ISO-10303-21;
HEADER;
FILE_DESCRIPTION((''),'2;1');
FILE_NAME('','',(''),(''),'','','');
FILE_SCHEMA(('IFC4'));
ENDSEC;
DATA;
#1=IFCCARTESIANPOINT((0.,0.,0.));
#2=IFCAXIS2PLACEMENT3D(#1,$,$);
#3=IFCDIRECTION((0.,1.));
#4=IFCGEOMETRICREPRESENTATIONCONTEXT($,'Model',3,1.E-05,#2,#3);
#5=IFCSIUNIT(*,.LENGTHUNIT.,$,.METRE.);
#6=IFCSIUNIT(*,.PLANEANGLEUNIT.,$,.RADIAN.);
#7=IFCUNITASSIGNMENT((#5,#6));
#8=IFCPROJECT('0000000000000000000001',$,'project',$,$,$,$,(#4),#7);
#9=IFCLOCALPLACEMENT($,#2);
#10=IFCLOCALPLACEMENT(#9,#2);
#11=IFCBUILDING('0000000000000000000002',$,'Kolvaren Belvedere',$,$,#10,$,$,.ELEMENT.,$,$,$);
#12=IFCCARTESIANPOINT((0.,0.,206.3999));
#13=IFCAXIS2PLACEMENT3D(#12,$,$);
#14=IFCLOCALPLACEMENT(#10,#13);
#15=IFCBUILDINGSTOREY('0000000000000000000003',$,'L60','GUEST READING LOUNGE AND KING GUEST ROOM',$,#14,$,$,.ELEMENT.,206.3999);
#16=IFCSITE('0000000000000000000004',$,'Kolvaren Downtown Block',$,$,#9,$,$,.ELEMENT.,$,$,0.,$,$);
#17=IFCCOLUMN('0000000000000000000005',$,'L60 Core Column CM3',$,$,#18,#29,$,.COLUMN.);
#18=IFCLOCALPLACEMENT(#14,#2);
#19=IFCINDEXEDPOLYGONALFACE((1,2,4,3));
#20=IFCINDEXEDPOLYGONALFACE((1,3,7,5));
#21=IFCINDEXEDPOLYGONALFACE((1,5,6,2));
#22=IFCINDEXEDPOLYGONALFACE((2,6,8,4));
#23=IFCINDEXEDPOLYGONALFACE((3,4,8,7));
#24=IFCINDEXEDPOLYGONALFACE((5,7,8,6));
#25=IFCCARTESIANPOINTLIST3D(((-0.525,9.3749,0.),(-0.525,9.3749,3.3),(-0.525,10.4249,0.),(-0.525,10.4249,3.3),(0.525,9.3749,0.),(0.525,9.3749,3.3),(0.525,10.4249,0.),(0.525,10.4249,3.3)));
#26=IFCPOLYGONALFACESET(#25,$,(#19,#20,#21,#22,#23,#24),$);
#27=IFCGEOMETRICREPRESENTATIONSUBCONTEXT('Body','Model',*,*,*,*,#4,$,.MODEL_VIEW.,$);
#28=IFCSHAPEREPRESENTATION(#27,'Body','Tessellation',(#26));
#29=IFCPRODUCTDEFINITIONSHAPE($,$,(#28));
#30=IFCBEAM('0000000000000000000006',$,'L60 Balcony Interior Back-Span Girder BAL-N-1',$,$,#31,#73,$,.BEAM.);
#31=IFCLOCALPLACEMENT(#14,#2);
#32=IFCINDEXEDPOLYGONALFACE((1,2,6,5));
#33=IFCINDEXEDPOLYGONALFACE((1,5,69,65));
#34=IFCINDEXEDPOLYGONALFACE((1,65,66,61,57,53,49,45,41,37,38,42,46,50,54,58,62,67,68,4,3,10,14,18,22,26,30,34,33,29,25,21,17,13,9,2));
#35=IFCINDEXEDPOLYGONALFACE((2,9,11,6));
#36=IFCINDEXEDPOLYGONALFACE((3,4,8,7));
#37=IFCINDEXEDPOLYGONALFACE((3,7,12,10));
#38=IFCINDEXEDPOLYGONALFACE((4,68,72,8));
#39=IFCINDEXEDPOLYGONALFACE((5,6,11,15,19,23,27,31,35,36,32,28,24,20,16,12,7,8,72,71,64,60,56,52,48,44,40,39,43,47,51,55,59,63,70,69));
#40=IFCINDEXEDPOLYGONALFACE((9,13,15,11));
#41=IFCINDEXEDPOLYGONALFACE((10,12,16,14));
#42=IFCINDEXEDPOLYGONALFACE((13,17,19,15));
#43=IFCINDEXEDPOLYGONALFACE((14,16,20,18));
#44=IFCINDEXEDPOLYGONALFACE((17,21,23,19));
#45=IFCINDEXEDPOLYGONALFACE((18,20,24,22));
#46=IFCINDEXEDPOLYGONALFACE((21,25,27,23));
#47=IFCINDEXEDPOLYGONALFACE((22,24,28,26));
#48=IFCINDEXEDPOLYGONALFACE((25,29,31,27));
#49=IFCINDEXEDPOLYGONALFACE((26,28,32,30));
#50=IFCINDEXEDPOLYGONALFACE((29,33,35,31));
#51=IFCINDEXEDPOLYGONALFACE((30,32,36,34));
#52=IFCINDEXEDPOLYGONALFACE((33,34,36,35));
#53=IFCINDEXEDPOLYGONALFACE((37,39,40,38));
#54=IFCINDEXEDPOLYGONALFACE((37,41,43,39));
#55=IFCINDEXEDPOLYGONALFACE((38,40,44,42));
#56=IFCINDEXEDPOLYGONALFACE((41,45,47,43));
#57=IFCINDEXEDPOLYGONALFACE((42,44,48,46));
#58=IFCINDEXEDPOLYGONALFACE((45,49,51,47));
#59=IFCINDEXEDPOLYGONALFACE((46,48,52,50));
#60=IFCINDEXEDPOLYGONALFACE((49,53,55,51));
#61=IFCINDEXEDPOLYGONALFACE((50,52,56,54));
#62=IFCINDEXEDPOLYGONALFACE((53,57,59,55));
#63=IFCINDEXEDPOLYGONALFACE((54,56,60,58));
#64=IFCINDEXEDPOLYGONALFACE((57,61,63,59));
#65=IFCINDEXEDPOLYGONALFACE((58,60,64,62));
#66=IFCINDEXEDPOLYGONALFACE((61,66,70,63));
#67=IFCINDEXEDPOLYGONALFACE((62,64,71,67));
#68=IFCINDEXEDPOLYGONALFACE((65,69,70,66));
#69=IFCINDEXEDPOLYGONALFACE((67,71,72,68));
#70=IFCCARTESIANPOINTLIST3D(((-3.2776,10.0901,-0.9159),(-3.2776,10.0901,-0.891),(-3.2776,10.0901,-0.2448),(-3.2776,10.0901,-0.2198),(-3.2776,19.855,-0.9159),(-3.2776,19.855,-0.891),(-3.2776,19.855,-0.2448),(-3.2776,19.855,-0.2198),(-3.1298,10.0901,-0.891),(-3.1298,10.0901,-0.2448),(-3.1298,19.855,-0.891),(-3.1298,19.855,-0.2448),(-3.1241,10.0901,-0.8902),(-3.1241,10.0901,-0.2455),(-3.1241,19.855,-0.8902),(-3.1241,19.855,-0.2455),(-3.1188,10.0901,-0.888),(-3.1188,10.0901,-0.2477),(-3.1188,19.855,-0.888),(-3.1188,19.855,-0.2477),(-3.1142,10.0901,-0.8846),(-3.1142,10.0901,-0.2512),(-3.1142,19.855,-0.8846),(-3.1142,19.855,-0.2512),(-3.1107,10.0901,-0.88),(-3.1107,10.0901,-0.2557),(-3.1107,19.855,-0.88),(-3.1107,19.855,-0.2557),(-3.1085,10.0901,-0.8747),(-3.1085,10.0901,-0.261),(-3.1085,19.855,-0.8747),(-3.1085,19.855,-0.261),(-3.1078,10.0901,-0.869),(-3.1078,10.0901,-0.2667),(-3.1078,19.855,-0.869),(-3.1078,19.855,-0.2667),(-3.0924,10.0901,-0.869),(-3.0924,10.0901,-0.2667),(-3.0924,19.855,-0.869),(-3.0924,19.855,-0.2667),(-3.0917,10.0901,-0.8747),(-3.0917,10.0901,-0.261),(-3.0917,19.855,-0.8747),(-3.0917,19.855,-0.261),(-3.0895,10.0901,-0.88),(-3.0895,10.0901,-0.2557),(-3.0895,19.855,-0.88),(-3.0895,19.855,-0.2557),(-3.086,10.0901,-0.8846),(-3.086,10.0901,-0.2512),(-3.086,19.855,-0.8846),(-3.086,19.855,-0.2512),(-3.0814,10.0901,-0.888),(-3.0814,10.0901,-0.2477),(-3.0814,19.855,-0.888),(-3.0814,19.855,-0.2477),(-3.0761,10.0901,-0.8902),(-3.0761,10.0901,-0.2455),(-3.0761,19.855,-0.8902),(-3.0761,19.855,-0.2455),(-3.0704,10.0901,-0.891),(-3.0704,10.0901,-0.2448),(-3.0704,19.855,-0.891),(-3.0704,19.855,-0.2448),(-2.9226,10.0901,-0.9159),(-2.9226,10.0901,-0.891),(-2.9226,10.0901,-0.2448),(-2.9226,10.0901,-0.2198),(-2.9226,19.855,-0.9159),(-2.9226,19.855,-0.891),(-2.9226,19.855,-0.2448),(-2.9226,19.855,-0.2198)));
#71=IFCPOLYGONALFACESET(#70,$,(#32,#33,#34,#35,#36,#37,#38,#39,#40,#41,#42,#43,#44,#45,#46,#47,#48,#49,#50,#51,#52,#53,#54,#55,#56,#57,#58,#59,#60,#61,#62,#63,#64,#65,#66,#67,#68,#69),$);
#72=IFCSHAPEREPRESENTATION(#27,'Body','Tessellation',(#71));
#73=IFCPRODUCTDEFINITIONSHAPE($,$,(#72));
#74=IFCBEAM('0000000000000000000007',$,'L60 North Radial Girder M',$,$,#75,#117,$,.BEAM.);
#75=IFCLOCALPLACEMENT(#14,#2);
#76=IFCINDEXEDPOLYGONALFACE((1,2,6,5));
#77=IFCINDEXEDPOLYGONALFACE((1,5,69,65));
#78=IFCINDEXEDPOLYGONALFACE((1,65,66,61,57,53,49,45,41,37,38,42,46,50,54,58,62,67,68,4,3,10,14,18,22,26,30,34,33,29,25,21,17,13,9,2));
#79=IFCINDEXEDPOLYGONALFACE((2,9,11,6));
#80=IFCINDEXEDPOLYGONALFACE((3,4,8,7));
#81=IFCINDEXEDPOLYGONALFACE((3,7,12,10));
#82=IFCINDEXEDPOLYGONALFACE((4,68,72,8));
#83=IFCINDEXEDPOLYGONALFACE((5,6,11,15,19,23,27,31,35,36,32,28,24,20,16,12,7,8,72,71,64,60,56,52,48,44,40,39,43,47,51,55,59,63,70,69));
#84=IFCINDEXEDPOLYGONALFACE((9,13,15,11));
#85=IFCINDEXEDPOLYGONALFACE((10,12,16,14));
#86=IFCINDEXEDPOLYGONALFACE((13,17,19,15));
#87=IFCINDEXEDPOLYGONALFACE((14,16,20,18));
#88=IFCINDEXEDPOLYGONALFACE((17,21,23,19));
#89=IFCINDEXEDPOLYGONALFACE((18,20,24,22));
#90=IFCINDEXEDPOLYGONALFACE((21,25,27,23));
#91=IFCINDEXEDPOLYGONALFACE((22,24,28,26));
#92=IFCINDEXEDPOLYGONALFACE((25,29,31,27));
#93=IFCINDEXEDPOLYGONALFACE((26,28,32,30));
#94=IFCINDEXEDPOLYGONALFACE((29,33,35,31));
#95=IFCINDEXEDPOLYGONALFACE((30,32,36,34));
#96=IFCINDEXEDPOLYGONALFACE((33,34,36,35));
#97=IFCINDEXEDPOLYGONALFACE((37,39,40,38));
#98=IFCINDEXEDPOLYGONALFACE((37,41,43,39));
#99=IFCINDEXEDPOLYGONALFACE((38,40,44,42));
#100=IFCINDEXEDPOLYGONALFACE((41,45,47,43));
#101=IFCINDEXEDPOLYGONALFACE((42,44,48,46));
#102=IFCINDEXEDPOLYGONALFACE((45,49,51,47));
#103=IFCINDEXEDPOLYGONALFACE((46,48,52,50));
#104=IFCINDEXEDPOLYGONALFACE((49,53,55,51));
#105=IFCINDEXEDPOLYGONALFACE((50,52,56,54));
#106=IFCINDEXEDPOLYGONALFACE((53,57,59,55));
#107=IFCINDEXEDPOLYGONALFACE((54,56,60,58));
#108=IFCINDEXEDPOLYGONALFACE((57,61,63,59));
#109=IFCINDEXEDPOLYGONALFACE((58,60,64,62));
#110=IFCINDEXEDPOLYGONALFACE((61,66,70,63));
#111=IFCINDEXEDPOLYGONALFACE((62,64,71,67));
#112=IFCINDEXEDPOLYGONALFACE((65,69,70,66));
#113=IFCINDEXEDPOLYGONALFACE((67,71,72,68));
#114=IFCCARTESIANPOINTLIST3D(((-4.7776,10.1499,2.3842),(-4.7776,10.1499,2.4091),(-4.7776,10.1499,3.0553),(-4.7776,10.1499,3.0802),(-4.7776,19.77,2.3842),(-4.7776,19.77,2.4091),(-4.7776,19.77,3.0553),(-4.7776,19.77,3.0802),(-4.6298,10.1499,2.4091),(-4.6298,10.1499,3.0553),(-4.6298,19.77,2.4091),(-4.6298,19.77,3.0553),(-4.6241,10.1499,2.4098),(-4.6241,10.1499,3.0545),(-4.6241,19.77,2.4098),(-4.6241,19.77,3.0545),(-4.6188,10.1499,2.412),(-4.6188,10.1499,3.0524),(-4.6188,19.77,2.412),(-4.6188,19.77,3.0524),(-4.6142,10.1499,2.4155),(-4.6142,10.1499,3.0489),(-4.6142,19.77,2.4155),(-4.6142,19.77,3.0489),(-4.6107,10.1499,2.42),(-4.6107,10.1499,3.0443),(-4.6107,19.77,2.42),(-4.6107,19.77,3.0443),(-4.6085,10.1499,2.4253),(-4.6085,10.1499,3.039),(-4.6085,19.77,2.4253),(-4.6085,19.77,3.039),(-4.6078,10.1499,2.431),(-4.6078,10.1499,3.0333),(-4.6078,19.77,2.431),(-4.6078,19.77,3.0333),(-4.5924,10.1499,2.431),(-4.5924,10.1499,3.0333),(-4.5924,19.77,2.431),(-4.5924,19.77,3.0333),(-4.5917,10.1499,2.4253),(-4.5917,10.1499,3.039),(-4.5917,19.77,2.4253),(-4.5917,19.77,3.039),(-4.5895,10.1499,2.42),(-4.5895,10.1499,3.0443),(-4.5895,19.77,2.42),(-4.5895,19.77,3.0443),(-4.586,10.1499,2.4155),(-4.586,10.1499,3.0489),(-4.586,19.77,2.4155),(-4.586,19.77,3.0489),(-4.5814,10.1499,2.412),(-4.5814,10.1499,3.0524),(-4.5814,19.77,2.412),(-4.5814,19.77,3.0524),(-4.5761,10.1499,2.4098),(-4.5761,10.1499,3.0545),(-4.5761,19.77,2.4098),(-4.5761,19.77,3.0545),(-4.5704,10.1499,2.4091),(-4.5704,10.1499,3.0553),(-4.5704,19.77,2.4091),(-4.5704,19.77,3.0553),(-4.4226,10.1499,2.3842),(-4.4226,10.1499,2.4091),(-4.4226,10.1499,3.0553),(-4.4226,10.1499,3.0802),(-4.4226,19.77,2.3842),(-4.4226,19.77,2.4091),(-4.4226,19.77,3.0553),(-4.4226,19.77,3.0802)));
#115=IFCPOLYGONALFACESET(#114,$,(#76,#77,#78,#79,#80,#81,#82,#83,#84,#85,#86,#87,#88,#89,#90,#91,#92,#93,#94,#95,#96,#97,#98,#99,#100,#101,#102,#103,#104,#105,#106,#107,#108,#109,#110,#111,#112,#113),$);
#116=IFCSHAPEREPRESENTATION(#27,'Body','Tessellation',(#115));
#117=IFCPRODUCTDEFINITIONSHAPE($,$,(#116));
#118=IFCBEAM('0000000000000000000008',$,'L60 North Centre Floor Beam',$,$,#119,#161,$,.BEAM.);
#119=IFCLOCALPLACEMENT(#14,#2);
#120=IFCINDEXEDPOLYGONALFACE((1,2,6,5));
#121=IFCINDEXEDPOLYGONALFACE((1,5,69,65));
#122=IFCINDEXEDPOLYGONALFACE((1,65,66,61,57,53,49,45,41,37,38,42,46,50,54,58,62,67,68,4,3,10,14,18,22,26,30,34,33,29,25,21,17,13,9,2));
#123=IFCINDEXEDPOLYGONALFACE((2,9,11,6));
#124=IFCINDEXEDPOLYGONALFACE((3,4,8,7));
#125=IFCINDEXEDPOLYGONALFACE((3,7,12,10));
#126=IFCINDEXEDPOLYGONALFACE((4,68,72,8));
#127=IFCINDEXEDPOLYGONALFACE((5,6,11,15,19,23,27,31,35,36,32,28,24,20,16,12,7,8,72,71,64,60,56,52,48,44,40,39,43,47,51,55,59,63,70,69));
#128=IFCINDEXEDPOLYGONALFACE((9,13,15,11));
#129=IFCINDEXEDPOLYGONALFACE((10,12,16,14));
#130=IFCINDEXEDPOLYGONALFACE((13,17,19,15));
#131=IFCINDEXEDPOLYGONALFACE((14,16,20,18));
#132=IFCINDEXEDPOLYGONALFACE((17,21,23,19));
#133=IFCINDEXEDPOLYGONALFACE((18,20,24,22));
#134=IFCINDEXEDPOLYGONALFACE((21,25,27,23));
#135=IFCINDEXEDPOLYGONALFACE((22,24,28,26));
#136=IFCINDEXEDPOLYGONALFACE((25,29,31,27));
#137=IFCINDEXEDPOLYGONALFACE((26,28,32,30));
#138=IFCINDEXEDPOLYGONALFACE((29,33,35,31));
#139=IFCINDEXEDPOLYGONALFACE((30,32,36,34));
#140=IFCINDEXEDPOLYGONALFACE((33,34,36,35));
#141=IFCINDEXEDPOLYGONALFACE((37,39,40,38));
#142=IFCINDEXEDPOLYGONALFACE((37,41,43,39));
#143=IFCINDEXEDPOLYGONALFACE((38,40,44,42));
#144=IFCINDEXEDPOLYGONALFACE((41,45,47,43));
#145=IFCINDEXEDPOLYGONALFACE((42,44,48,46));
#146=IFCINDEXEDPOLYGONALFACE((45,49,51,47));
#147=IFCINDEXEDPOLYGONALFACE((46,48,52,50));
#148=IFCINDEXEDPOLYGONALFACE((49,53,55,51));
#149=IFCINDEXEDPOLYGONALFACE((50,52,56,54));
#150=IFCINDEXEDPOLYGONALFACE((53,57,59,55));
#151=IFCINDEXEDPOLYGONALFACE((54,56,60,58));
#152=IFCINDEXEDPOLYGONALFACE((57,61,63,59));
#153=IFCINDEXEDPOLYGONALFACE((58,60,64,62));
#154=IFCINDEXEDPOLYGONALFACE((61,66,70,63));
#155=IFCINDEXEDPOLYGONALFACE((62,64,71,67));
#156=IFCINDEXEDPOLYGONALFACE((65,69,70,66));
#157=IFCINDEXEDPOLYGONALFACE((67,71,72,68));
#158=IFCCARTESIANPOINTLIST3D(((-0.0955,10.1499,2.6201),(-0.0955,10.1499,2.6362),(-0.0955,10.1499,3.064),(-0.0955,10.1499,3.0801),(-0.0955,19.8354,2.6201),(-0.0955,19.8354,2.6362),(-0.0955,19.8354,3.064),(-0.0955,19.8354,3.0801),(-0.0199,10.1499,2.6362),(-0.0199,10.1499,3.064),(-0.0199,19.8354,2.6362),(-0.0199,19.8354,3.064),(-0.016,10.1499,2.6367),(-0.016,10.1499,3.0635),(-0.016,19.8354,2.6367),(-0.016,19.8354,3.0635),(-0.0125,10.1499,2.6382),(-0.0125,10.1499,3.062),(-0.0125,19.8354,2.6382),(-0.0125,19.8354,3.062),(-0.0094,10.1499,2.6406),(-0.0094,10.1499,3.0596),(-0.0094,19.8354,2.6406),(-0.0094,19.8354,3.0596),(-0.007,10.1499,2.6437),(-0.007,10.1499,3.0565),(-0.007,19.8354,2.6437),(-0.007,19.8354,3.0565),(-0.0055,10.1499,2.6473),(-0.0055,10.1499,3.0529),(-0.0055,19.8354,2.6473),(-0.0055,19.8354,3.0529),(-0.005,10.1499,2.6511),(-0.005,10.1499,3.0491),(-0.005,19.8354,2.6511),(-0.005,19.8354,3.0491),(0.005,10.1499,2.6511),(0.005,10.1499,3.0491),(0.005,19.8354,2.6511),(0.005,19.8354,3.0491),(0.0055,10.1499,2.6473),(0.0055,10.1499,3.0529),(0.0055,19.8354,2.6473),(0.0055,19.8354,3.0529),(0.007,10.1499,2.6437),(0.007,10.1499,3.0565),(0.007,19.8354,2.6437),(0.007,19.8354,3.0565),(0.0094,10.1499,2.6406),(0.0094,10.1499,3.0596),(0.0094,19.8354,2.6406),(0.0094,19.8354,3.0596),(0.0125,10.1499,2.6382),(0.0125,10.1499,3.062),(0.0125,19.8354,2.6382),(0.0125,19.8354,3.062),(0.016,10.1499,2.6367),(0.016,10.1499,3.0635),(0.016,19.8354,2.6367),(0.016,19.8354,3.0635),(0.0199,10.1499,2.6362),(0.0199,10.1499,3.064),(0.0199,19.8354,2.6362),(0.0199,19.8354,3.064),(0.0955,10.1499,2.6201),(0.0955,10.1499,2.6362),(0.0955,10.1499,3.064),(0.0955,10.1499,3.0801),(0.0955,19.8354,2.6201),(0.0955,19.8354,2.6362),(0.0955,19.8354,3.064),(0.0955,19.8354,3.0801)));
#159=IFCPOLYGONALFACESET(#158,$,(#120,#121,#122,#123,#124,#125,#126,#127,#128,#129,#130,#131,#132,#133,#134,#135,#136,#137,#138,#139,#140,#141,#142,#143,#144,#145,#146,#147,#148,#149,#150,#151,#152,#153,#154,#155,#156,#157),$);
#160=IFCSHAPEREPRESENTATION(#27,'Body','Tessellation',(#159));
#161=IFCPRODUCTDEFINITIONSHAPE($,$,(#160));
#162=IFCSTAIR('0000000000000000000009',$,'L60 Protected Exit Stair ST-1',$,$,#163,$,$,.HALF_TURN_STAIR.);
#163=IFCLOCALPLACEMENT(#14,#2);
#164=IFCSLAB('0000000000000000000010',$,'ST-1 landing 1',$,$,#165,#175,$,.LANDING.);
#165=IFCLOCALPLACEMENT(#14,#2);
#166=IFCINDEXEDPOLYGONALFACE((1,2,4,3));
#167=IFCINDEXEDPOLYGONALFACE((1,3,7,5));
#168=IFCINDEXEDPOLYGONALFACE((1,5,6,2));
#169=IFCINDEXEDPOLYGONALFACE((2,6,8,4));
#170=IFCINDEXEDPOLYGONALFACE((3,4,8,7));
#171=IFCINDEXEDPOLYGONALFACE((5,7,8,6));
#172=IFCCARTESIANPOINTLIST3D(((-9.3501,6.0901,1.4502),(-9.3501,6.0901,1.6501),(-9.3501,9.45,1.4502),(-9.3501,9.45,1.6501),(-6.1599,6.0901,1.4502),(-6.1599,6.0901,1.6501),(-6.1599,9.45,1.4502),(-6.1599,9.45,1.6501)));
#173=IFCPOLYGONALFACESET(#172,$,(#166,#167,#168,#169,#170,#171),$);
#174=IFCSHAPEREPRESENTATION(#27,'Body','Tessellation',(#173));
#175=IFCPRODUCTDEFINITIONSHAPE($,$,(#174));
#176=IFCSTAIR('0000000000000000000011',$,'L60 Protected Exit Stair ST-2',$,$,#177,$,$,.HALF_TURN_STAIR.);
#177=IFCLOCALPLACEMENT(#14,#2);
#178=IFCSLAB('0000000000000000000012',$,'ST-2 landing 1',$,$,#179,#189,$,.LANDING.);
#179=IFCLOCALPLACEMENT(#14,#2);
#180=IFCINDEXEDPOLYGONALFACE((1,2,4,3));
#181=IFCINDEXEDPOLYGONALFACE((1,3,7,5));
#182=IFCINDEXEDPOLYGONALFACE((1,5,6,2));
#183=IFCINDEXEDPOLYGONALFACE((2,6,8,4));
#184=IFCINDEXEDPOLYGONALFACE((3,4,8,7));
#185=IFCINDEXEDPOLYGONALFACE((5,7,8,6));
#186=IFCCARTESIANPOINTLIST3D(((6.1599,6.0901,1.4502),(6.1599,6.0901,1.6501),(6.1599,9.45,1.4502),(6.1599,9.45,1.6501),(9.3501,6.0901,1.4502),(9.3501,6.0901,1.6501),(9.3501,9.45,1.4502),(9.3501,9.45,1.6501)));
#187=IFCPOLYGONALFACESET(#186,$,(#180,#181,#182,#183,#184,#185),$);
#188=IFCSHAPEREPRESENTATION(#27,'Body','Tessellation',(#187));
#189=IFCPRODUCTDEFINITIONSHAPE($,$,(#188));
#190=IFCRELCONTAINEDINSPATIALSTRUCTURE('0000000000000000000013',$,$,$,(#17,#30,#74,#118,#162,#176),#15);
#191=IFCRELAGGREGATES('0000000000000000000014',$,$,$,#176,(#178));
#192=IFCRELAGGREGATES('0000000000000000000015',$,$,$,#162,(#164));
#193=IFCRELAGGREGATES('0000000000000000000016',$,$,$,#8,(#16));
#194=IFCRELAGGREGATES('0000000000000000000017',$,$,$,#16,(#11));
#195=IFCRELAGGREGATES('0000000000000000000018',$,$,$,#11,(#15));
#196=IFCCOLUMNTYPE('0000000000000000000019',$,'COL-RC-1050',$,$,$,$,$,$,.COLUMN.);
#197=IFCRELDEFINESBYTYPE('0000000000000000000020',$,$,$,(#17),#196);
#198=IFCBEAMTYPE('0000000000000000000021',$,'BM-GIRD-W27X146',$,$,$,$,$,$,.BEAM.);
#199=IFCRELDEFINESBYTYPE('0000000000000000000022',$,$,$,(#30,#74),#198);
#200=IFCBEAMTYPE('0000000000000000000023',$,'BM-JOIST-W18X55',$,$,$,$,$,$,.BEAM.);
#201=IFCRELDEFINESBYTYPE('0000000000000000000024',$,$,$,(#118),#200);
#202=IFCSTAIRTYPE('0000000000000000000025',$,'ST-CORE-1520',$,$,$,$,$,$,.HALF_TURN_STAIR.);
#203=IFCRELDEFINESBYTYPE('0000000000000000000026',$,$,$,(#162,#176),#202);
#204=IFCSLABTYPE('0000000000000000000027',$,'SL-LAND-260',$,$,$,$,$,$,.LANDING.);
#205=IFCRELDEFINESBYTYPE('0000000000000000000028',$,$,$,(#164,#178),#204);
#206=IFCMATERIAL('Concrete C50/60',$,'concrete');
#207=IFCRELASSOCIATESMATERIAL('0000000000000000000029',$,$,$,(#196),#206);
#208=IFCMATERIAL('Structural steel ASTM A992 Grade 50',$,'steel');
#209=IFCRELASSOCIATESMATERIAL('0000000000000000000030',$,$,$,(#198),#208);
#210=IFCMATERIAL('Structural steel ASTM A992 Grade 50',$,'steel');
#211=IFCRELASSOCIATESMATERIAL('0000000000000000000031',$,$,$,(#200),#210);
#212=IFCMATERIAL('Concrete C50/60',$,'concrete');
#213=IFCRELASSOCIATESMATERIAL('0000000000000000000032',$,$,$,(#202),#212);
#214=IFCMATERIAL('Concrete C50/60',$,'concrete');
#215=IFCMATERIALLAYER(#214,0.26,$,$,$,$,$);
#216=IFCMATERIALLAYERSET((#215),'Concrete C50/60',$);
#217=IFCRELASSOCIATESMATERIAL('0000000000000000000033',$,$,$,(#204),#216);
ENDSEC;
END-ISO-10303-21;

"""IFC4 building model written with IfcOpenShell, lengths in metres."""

from ifc_helpers import new_model, si_unit, direction, frame, origin, origin_2d, place, context, subcontext, project, spatial, polyline, rectangle, i_section, outline, extrude, material, layer, layer_set, material_profile, profile_set, type_object, element, aggregate, save


model = new_model("IFC4")

# Units and contexts
model_context = context("Model", 3, precision=1e-05, world=origin(), true_north=direction((0.0, 1.0)))
body_context = subcontext(model_context, "Body", "Model", "MODEL_VIEW")
ifc_project = project(units=[si_unit("LENGTHUNIT", "METRE"), si_unit("PLANEANGLEUNIT", "RADIAN")], contexts=[model_context])

# Site, building, storey
site_placement = place(None, origin())
site = spatial("IfcSite", under=ifc_project, at=site_placement, Name="Kolvaren Downtown Block", CompositionType="ELEMENT", RefElevation=0.0)
building_placement = place(site_placement, origin())
building = spatial("IfcBuilding", under=site, at=building_placement, Name="Kolvaren Belvedere", CompositionType="ELEMENT")
storey_placement = place(building_placement, frame((0.0, 0.0, 206.3999)))
storey = spatial("IfcBuildingStorey", under=building, at=storey_placement, Name="L60", Description="GUEST READING LOUNGE AND KING GUEST ROOM", CompositionType="ELEMENT", Elevation=206.3999)

# Column
ifc_material_1 = material(Name="Concrete C50/60", Category="concrete")
ifc_material_profile_1 = material_profile(ifc_material_1, rectangle(XDim=1.05, YDim=1.05, at=origin_2d()), Name="RC 1050X1050")
ifc_profile_set_1 = profile_set([ifc_material_profile_1], Name="Concrete C50/60")
column_type = type_object("IfcColumnType", Name="COL-RC-1050", PredefinedType="COLUMN", material=ifc_profile_set_1)
column_placement = place(storey_placement, frame((0.0, 9.8999, 0.0), z_axis=(0.0, 0.0, 1.0), x_axis=(1.0, 0.0, 0.0)))
element("IfcColumn", 1, at=column_placement, inside=storey, type_object=column_type, Name="L60 Core Column CM3", PredefinedType="COLUMN", context=body_context, shape_type="SweptSolid", body=[
    extrude(rectangle(XDim=1.05, YDim=1.05, at=origin_2d()), origin(), (0.0, 0.0, 1.0), 3.3),
])

# Beams
ifc_material_2 = material(Name="Structural steel ASTM A992 Grade 50", Category="steel")
ifc_material_profile_2 = material_profile(ifc_material_2, i_section(OverallWidth=0.355, OverallDepth=0.696, WebThickness=0.0154, FlangeThickness=0.0249, FilletRadius=0.022, at=origin_2d()), Name="W27X146")
ifc_profile_set_2 = profile_set([ifc_material_profile_2], Name="Structural steel ASTM A992 Grade 50")
beam_type_1 = type_object("IfcBeamType", Name="BM-GIRD-W27X146", PredefinedType="BEAM", material=ifc_profile_set_2)
beam_1_placement = place(storey_placement, frame((-3.1001, 10.0901, -0.5679), z_axis=(0.0, 1.0, 0.0), x_axis=(-1.0, 0.0, 0.0)))
element("IfcBeam", 2, at=beam_1_placement, inside=storey, type_object=beam_type_1, Name="L60 Balcony Interior Back-Span Girder BAL-N-1", PredefinedType="BEAM", context=body_context, shape_type="SweptSolid", body=[
    extrude(i_section(OverallWidth=0.355, OverallDepth=0.696, WebThickness=0.0154, FlangeThickness=0.0249, FilletRadius=0.022, at=origin_2d()), origin(), (0.0, 0.0, 1.0), 9.7649),
])
beam_2_placement = place(storey_placement, frame((-4.6001, 10.1499, 2.7322), z_axis=(0.0, 1.0, 0.0), x_axis=(-1.0, 0.0, 0.0)))
element("IfcBeam", 3, at=beam_2_placement, inside=storey, type_object=beam_type_1, Name="L60 North Radial Girder M", PredefinedType="BEAM", context=body_context, shape_type="SweptSolid", body=[
    extrude(i_section(OverallWidth=0.355, OverallDepth=0.696, WebThickness=0.0154, FlangeThickness=0.0249, FilletRadius=0.022, at=origin_2d()), origin(), (0.0, 0.0, 1.0), 9.6201),
])
ifc_material_3 = material(Name="Structural steel ASTM A992 Grade 50", Category="steel")
ifc_material_profile_3 = material_profile(ifc_material_3, i_section(OverallWidth=0.1909, OverallDepth=0.46, WebThickness=0.01, FlangeThickness=0.0161, FilletRadius=0.0149, at=origin_2d()), Name="W18X55")
ifc_profile_set_3 = profile_set([ifc_material_profile_3], Name="Structural steel ASTM A992 Grade 50")
beam_type_2 = type_object("IfcBeamType", Name="BM-JOIST-W18X55", PredefinedType="BEAM", material=ifc_profile_set_3)
beam_3_placement = place(storey_placement, frame((0.0, 10.1499, 2.8501), z_axis=(0.0, 1.0, 0.0), x_axis=(-1.0, 0.0, 0.0)))
element("IfcBeam", 4, at=beam_3_placement, inside=storey, type_object=beam_type_2, Name="L60 North Centre Floor Beam", PredefinedType="BEAM", context=body_context, shape_type="SweptSolid", body=[
    extrude(i_section(OverallWidth=0.1909, OverallDepth=0.46, WebThickness=0.01, FlangeThickness=0.0161, FilletRadius=0.0149, at=origin_2d()), origin(), (0.0, 0.0, 1.0), 9.6855),
])

# Stairs, slabs
ifc_material_4 = material(Name="Concrete C50/60", Category="concrete")
stair_type = type_object("IfcStairType", Name="ST-CORE-1520", PredefinedType="HALF_TURN_STAIR", material=ifc_material_4)
stair_1_placement = place(storey_placement, origin())
stair_1 = element("IfcStair", 5, at=stair_1_placement, inside=storey, type_object=stair_type, Name="L60 Protected Exit Stair ST-1", PredefinedType="HALF_TURN_STAIR")
ifc_material_5 = material(Name="Concrete C50/60", Category="concrete")
ifc_layer_1 = layer(ifc_material_5, 0.26)
ifc_layer_set_1 = layer_set([ifc_layer_1], Name="Concrete C50/60")
slab_type = type_object("IfcSlabType", Name="SL-LAND-260", PredefinedType="LANDING", material=ifc_layer_set_1)
slab_1_placement = place(storey_placement, frame((0.0, 0.0, 1.4502)))
slab_1 = element("IfcSlab", 6, at=slab_1_placement, type_object=slab_type, Name="ST-1 landing 1", PredefinedType="LANDING", context=body_context, shape_type="SweptSolid", body=[
    extrude(outline(polyline([(-6.1599, 6.0901), (-6.1599, 9.45), (-9.3501, 9.45), (-9.3501, 6.0901), (-6.1599, 6.0901)])), origin(), (0.0, 0.0, 1.0), 0.2),
])
stair_2_placement = place(storey_placement, origin())
stair_2 = element("IfcStair", 7, at=stair_2_placement, inside=storey, type_object=stair_type, Name="L60 Protected Exit Stair ST-2", PredefinedType="HALF_TURN_STAIR")
slab_2_placement = place(storey_placement, frame((0.0, 0.0, 1.4502)))
slab_2 = element("IfcSlab", 8, at=slab_2_placement, type_object=slab_type, Name="ST-2 landing 1", PredefinedType="LANDING", context=body_context, shape_type="SweptSolid", body=[
    extrude(outline(polyline([(9.3501, 6.0901), (9.3501, 9.45), (6.1599, 9.45), (6.1599, 6.0901), (9.3501, 6.0901)])), origin(), (0.0, 0.0, 1.0), 0.2),
])
aggregate(stair_2, [slab_2])

aggregate(stair_1, [slab_1])

save(model, "model.ifc")
